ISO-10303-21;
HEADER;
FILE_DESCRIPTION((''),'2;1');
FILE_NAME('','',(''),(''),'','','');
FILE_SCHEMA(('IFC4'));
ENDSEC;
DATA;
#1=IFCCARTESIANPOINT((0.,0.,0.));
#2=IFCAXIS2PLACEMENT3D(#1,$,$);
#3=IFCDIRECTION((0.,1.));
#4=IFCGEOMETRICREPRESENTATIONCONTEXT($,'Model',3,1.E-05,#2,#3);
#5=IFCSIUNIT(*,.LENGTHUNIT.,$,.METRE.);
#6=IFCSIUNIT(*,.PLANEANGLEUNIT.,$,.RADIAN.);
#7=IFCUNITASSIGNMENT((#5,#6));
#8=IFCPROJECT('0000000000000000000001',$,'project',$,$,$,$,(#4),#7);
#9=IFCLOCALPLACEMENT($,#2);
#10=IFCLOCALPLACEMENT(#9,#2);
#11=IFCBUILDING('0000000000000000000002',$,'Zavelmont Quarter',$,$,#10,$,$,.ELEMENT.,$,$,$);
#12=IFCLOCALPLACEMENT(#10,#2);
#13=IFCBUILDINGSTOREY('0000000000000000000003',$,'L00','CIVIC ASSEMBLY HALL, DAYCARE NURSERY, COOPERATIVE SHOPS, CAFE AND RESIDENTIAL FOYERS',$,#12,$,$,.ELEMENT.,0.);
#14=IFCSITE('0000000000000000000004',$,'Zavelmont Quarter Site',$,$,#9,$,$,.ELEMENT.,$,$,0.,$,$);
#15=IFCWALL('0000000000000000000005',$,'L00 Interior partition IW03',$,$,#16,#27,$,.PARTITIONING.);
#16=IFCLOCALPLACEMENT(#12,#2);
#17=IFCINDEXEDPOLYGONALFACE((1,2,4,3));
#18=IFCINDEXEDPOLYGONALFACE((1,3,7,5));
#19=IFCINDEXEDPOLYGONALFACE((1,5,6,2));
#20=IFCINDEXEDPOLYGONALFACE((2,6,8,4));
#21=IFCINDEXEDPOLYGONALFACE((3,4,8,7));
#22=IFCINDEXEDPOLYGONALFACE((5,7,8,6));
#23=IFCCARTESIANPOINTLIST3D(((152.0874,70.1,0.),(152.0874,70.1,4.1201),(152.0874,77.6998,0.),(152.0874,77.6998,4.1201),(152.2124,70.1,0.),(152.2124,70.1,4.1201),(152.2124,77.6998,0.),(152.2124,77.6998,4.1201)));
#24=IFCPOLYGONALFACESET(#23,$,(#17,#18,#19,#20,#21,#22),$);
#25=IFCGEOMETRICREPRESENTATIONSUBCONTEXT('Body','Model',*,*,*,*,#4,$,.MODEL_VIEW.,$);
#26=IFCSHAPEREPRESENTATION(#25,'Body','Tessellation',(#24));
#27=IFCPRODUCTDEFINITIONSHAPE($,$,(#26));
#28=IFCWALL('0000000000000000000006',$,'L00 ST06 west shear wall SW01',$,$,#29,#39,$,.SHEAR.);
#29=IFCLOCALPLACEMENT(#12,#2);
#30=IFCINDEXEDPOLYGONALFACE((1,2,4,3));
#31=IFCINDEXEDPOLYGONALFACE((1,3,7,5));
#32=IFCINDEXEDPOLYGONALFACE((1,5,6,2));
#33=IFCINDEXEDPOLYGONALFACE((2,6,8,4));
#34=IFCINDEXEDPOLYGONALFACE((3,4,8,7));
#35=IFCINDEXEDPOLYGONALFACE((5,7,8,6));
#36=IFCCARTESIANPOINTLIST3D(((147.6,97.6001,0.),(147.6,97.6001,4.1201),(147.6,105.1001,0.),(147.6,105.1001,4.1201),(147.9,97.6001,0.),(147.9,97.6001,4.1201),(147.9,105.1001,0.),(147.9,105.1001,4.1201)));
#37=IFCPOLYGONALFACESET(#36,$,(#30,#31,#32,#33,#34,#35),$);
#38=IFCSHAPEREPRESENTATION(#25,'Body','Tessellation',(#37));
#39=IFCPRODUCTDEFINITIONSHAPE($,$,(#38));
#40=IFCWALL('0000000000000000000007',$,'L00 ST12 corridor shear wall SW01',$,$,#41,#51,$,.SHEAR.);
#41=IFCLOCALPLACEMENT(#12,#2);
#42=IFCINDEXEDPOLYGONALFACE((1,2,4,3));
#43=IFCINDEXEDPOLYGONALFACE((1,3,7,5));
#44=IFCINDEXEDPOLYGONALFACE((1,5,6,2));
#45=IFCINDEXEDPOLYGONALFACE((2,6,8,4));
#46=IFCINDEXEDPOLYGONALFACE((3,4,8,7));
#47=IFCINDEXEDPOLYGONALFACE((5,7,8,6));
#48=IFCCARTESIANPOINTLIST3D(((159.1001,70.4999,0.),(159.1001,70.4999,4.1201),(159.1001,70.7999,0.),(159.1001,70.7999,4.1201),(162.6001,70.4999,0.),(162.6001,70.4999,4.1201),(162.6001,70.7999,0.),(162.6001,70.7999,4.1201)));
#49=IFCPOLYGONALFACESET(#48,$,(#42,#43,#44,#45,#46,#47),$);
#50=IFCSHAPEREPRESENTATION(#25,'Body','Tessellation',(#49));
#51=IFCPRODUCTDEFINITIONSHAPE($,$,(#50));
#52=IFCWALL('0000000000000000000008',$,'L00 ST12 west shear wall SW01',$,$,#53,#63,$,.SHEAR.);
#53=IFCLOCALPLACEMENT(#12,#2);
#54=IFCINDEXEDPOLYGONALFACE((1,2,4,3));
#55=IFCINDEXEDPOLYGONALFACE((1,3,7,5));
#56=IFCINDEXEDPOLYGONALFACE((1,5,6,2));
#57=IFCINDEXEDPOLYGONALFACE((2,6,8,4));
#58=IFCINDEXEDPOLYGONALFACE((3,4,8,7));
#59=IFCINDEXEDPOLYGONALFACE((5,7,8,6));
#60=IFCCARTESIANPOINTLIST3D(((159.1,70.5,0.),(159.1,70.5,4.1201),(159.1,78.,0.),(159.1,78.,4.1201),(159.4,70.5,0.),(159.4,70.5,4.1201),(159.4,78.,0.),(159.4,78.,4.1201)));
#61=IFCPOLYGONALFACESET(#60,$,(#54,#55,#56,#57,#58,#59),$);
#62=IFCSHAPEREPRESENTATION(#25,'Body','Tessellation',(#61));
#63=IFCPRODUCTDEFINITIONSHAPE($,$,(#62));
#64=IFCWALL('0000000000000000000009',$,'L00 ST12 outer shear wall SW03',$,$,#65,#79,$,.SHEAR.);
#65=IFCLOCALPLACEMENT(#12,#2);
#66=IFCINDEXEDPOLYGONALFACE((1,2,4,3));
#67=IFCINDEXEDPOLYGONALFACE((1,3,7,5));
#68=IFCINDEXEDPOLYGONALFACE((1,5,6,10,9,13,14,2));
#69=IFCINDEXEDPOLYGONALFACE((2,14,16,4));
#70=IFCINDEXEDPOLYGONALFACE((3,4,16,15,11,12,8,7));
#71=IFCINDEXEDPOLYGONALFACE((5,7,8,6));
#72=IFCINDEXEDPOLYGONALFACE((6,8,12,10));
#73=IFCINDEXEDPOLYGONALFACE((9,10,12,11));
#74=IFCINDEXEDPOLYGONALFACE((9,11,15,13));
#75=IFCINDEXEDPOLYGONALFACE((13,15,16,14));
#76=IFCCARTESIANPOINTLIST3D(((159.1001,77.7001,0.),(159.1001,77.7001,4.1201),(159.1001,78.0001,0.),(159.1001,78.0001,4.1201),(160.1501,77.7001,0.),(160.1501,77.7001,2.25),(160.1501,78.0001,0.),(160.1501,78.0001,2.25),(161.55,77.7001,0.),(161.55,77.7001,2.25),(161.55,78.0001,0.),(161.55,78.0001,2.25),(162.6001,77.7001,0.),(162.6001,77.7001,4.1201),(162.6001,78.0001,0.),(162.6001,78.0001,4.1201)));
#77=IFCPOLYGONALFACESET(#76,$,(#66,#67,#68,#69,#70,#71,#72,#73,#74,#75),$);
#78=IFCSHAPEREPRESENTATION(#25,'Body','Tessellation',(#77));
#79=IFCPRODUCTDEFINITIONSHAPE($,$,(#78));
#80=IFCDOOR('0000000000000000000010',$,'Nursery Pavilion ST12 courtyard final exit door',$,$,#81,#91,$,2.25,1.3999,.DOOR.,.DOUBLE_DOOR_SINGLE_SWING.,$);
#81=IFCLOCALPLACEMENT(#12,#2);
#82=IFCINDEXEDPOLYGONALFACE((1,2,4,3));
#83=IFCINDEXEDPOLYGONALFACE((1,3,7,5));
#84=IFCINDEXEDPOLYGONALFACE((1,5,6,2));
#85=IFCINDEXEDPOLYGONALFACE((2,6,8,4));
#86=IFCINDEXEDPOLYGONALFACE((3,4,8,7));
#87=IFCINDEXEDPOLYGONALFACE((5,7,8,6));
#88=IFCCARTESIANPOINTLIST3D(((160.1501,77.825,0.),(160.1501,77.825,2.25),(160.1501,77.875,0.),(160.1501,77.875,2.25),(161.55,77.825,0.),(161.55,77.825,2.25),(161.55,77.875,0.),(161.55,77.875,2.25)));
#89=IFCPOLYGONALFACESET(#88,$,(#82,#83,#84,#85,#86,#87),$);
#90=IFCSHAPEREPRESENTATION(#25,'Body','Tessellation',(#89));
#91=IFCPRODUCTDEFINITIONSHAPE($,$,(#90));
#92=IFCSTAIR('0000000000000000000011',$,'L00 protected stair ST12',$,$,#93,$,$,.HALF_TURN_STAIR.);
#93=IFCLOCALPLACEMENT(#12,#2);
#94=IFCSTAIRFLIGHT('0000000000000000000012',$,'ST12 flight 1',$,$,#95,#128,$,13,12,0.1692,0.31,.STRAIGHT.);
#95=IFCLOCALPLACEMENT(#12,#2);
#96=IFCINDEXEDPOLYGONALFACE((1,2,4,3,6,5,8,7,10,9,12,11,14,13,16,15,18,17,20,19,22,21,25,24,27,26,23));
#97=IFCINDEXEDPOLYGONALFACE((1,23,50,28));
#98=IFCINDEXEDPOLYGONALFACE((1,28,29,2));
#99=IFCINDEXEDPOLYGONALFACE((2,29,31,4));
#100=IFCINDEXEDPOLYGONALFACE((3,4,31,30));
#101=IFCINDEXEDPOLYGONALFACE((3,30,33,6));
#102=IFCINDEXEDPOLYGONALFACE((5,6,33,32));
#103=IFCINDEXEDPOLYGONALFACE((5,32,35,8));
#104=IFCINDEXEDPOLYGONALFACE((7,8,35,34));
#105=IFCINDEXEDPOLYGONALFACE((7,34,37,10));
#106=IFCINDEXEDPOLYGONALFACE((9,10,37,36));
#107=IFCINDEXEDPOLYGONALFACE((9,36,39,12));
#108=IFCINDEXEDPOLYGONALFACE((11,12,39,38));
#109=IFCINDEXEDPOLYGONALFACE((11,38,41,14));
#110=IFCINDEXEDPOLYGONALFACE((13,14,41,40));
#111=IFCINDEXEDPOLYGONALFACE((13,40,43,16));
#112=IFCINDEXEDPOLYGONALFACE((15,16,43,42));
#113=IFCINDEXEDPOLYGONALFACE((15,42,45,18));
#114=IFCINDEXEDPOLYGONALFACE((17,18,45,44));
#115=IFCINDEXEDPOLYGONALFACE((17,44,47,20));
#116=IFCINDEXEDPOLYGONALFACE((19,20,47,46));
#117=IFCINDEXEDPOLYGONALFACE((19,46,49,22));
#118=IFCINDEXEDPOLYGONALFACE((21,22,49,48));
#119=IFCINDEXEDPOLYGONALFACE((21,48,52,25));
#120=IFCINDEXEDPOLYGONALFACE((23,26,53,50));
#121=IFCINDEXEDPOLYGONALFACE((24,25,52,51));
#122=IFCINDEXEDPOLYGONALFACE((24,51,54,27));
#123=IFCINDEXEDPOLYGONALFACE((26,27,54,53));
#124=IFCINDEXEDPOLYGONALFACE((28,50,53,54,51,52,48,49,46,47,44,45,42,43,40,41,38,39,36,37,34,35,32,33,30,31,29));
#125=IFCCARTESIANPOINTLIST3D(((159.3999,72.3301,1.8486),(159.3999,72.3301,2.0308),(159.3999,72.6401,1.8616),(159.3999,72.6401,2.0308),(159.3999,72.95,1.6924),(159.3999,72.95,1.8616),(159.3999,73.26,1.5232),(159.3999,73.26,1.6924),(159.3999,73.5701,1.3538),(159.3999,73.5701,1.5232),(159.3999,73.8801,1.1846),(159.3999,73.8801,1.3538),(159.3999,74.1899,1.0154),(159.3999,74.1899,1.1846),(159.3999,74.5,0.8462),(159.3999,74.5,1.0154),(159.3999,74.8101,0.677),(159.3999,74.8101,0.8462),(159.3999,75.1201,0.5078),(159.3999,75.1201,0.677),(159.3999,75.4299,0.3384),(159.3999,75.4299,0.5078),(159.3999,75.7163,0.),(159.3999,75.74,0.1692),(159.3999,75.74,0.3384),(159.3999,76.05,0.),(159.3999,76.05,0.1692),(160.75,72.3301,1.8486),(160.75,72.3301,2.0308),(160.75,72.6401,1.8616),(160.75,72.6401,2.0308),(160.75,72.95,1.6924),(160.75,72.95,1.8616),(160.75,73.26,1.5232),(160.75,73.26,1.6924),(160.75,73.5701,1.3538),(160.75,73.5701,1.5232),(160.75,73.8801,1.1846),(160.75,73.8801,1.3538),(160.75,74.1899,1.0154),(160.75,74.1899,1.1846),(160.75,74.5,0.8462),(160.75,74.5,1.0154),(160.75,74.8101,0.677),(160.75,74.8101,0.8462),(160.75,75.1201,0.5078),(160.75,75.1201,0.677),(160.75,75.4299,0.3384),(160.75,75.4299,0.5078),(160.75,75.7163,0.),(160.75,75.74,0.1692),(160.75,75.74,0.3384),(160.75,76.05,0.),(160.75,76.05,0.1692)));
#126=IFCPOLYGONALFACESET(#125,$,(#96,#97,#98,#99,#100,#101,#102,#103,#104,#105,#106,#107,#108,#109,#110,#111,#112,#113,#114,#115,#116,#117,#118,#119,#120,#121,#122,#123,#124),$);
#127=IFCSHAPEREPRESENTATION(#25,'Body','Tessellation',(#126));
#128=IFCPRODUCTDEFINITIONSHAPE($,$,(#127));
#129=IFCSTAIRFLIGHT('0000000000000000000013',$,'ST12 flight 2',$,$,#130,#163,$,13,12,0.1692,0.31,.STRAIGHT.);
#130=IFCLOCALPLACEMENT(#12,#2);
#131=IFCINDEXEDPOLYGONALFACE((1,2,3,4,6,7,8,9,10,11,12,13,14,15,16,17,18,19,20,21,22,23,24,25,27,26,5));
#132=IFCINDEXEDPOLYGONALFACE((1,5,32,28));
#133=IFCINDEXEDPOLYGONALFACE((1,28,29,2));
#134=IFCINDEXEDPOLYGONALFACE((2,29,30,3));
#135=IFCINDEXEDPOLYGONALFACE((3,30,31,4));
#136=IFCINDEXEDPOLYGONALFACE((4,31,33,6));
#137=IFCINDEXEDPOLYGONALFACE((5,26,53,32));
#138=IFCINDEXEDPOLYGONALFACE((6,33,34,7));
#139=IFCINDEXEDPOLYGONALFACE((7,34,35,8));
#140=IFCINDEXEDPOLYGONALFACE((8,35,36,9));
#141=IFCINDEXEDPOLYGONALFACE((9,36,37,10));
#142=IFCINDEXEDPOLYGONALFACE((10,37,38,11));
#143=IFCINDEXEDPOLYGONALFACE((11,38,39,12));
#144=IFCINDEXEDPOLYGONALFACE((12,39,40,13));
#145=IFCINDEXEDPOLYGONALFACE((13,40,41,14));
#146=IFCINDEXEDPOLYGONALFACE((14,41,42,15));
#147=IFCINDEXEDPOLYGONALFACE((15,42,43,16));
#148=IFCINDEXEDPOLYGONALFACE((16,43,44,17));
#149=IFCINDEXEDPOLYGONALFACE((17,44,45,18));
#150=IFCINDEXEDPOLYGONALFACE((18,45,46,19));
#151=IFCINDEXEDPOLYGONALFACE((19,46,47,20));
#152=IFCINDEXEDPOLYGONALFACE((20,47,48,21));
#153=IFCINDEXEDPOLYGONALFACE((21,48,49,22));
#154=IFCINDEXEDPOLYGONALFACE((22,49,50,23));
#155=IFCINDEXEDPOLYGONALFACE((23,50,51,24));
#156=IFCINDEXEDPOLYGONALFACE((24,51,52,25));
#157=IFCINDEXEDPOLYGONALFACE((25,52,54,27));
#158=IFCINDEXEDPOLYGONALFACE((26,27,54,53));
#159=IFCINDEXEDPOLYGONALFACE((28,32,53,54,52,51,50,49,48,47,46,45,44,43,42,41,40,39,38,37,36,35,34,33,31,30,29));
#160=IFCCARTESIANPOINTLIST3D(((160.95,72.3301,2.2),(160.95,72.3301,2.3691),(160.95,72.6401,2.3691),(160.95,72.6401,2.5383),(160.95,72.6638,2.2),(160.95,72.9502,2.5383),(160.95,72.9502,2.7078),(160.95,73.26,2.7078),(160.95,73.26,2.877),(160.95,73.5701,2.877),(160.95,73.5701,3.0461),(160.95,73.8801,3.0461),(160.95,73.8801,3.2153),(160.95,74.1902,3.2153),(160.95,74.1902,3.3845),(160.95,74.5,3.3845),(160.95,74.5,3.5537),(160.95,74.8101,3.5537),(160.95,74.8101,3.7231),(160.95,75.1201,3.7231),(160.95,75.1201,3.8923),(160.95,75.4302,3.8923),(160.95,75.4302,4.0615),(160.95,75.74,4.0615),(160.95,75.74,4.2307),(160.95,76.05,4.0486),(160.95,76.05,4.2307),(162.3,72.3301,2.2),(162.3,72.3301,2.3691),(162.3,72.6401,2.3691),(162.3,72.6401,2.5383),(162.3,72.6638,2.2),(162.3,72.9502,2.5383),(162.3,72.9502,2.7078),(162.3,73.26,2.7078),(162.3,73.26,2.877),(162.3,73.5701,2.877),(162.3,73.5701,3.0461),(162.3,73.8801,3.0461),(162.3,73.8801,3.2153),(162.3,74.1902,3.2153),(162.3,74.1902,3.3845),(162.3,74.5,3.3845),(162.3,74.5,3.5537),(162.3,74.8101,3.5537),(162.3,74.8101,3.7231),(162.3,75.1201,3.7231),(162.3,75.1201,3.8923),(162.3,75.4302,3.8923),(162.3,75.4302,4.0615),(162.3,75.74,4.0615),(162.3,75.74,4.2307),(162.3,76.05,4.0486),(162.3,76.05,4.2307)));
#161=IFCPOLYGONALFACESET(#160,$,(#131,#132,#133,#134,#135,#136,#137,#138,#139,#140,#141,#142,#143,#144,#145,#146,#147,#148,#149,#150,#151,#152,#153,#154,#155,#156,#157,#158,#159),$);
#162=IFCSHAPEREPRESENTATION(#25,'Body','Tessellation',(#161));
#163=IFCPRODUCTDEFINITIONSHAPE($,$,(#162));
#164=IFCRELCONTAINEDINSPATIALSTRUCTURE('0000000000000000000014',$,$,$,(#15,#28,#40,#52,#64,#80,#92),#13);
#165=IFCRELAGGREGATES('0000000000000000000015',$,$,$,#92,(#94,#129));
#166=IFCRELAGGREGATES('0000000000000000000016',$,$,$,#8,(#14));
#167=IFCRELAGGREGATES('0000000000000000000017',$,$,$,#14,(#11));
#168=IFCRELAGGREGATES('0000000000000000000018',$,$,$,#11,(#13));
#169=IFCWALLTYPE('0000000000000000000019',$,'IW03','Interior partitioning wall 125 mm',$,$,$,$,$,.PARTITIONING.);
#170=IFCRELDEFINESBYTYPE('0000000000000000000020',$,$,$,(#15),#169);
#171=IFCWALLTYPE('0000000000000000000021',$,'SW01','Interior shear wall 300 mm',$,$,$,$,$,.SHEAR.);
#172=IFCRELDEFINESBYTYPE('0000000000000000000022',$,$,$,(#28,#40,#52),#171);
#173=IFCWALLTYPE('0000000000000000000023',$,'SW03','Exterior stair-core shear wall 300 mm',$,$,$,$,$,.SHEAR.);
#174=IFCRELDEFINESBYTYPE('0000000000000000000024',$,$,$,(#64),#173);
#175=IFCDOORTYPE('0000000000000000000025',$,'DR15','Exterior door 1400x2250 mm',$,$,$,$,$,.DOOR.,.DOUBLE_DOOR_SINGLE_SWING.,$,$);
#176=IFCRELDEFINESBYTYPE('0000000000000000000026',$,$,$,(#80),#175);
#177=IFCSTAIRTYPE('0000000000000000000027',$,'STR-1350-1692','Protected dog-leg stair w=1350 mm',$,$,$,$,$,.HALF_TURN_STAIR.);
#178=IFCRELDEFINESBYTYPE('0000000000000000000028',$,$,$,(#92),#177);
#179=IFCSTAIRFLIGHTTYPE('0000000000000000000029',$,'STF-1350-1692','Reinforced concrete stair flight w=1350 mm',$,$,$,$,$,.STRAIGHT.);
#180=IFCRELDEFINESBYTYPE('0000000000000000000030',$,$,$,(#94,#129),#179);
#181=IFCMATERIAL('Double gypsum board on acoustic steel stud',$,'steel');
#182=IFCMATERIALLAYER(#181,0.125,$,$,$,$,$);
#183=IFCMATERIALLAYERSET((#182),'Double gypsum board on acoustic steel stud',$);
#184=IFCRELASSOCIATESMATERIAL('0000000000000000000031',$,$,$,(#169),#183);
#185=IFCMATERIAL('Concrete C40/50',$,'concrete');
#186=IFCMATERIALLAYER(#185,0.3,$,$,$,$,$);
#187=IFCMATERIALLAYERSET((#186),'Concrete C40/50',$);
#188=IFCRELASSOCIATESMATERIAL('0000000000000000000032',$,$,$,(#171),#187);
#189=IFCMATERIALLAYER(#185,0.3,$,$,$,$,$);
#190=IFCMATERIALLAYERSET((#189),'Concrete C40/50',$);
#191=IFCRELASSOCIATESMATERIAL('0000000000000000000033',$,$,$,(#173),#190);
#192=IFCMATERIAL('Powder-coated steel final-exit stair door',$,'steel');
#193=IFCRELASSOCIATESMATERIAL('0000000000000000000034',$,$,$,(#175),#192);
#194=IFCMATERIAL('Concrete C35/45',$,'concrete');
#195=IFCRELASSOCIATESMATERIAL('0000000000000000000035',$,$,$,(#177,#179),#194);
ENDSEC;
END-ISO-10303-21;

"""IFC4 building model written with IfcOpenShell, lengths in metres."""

from ifc_helpers import new_model, si_unit, direction, frame, frame_2d, origin, origin_with_axes, place, context, subcontext, project, spatial, polyline, rectangle, outline, extrude, material, layer, layer_set, type_object, element, fill, aggregate, save


model = new_model("IFC4")

# Units and contexts
model_context = context("Model", 3, precision=1e-05, world=origin(), true_north=direction((0.0, 1.0)))
body_context = subcontext(model_context, "Body", "Model", "MODEL_VIEW")
ifc_project = project(units=[si_unit("LENGTHUNIT", "METRE"), si_unit("PLANEANGLEUNIT", "RADIAN")], contexts=[model_context])

# Site, building, storey
site_placement = place(None, origin())
site = spatial("IfcSite", under=ifc_project, at=site_placement, Name="Zavelmont Quarter Site", CompositionType="ELEMENT", RefElevation=0.0)
building_placement = place(site_placement, origin())
building = spatial("IfcBuilding", under=site, at=building_placement, Name="Zavelmont Quarter", CompositionType="ELEMENT")
storey_placement = place(building_placement, origin())
storey = spatial("IfcBuildingStorey", under=building, at=storey_placement, Name="L00", Description="CIVIC ASSEMBLY HALL, DAYCARE NURSERY, COOPERATIVE SHOPS, CAFE AND RESIDENTIAL FOYERS", CompositionType="ELEMENT", Elevation=0.0)

# Walls
ifc_material_1 = material(Name="Double gypsum board on acoustic steel stud", Category="steel")
ifc_layer_1 = layer(ifc_material_1, 0.125)
ifc_layer_set_1 = layer_set([ifc_layer_1], Name="Double gypsum board on acoustic steel stud")
wall_type_1 = type_object("IfcWallType", Name="IW03", Description="Interior partitioning wall 125 mm", PredefinedType="PARTITIONING", material=ifc_layer_set_1)
wall_1_placement = place(storey_placement, frame((152.1499, 70.1001, 0.0), z_axis=(0.0, 0.0, 1.0), x_axis=(0.0, 1.0, 0.0)))
element("IfcWall", 1, at=wall_1_placement, inside=storey, type_object=wall_type_1, Name="L00 Interior partition IW03", PredefinedType="PARTITIONING", context=body_context, shape_type="SweptSolid", body=[
    extrude(rectangle(XDim=7.5999, YDim=0.125, at=frame_2d((3.7998, 0.0))), origin(), (0.0, 0.0, 1.0), 4.1201),
])
ifc_material_2 = material(Name="Concrete C40/50", Category="concrete")
ifc_layer_2 = layer(ifc_material_2, 0.3)
ifc_layer_set_2 = layer_set([ifc_layer_2], Name="Concrete C40/50")
wall_type_2 = type_object("IfcWallType", Name="SW01", Description="Interior shear wall 300 mm", PredefinedType="SHEAR", material=ifc_layer_set_2)
wall_2_placement = place(storey_placement, frame((147.75, 97.6001, 0.0), z_axis=(0.0, 0.0, 1.0), x_axis=(0.0, 1.0, 0.0)))
element("IfcWall", 2, at=wall_2_placement, inside=storey, type_object=wall_type_2, Name="L00 ST06 west shear wall SW01", PredefinedType="SHEAR", context=body_context, shape_type="SweptSolid", body=[
    extrude(rectangle(XDim=7.5, YDim=0.3, at=frame_2d((3.75, 0.0))), origin(), (0.0, 0.0, 1.0), 4.1201),
])
wall_3_placement = place(storey_placement, frame((159.1001, 70.6499, 0.0), z_axis=(0.0, 0.0, 1.0), x_axis=(1.0, 0.0, 0.0)))
element("IfcWall", 3, at=wall_3_placement, inside=storey, type_object=wall_type_2, Name="L00 ST12 corridor shear wall SW01", PredefinedType="SHEAR", context=body_context, shape_type="SweptSolid", body=[
    extrude(rectangle(XDim=3.5, YDim=0.3, at=frame_2d((1.75, 0.0))), origin(), (0.0, 0.0, 1.0), 4.1201),
])
wall_4_placement = place(storey_placement, frame((159.25, 70.5, 0.0), z_axis=(0.0, 0.0, 1.0), x_axis=(0.0, 1.0, 0.0)))
element("IfcWall", 4, at=wall_4_placement, inside=storey, type_object=wall_type_2, Name="L00 ST12 west shear wall SW01", PredefinedType="SHEAR", context=body_context, shape_type="SweptSolid", body=[
    extrude(rectangle(XDim=7.5, YDim=0.3, at=frame_2d((3.75, 0.0))), origin(), (0.0, 0.0, 1.0), 4.1201),
])

# Wall, opening, door
ifc_layer_3 = layer(ifc_material_2, 0.3)
ifc_layer_set_3 = layer_set([ifc_layer_3], Name="Concrete C40/50")
wall_type_3 = type_object("IfcWallType", Name="SW03", Description="Exterior stair-core shear wall 300 mm", PredefinedType="SHEAR", material=ifc_layer_set_3)
wall_5_placement = place(storey_placement, frame((159.1001, 77.8501, 0.0), z_axis=(0.0, 0.0, 1.0), x_axis=(1.0, 0.0, 0.0)))
wall_5 = element("IfcWall", 5, at=wall_5_placement, inside=storey, type_object=wall_type_3, Name="L00 ST12 outer shear wall SW03", PredefinedType="SHEAR", context=body_context, shape_type="SweptSolid", body=[
    extrude(rectangle(XDim=3.5, YDim=0.3, at=frame_2d((1.75, 0.0))), origin(), (0.0, 0.0, 1.0), 4.1201),
])
opening_1_placement = place(wall_5_placement, frame((1.05, 0.0, 0.0)))
opening_1 = element("IfcOpeningElement", 6, at=opening_1_placement, cuts=wall_5, PredefinedType="OPENING", context=body_context, shape_type="SweptSolid", body=[
    extrude(rectangle(XDim=1.3999, YDim=2.25, at=frame_2d((0.7, 1.125))), frame((0.0, 0.1621, 0.0), z_axis=(0.0, -1.0, 0.0), x_axis=(1.0, 0.0, 0.0)), (0.0, 0.0, 1.0), 0.324),
])
ifc_material_3 = material(Name="Powder-coated steel final-exit stair door", Category="steel")
door_type_1 = type_object("IfcDoorType", Name="DR15", Description="Exterior door 1400x2250 mm", OperationType="DOUBLE_DOOR_SINGLE_SWING", PredefinedType="DOOR", material=ifc_material_3)
door_1_placement = place(opening_1_placement, origin_with_axes())
door_1 = element("IfcDoor", 7, at=door_1_placement, inside=storey, type_object=door_type_1, Name="Nursery Pavilion ST12 courtyard final exit door", OperationType="DOUBLE_DOOR_SINGLE_SWING", OverallHeight=2.25, OverallWidth=1.3999, PredefinedType="DOOR", context=body_context, shape_type="SweptSolid", body=[
    extrude(rectangle(XDim=1.3999, YDim=2.25, at=frame_2d((0.7, 1.125))), frame((0.0, 0.0249, 0.0), z_axis=(0.0, -1.0, 0.0), x_axis=(1.0, 0.0, 0.0)), (0.0, 0.0, 1.0), 0.05),
])
fill(opening_1, door_1)

# Stair, stair flights
ifc_material_4 = material(Name="Concrete C35/45", Category="concrete")
stair_type = type_object("IfcStairType", Name="STR-1350-1692", Description="Protected dog-leg stair w=1350 mm", PredefinedType="HALF_TURN_STAIR", material=ifc_material_4)
stair_placement = place(storey_placement, origin())
stair = element("IfcStair", 8, at=stair_placement, inside=storey, type_object=stair_type, Name="L00 protected stair ST12", PredefinedType="HALF_TURN_STAIR")
stair_flight_type = type_object("IfcStairFlightType", Name="STF-1350-1692", Description="Reinforced concrete stair flight w=1350 mm", PredefinedType="STRAIGHT", material=ifc_material_4)
stair_flight_1_placement = place(storey_placement, frame((160.075, 76.05, 0.0), z_axis=(0.0, 0.0, 1.0), x_axis=(0.0, -1.0, 0.0)))
stair_flight_1 = element("IfcStairFlight", 9, at=stair_flight_1_placement, type_object=stair_flight_type, Name="ST12 flight 1", NumberOfRisers=13, NumberOfTreads=12, PredefinedType="STRAIGHT", RiserHeight=0.1692, TreadLength=0.31, context=body_context, shape_type="SweptSolid", body=[
    extrude(outline(polyline([(0.0, 0.0), (0.0, 0.1692), (0.3101, 0.1692), (0.3101, 0.3384), (0.6201, 0.3384), (0.6201, 0.5078), (0.9299, 0.5078), (0.9299, 0.677), (1.24, 0.677), (1.24, 0.8462), (1.55, 0.8462), (1.55, 1.0154), (1.8601, 1.0154), (1.8601, 1.1846), (2.1699, 1.1846), (2.1699, 1.3538), (2.48, 1.3538), (2.48, 1.5232), (2.79, 1.5232), (2.79, 1.6924), (3.1001, 1.6924), (3.1001, 1.8616), (3.4099, 1.8616), (3.4099, 2.0308), (3.72, 2.0308), (3.72, 2.2), (3.72, 1.8486), (0.3337, 0.0), (0.0, 0.0)])), frame((0.0, 0.675, 0.0), z_axis=(0.0, -1.0, 0.0), x_axis=(1.0, 0.0, 0.0)), (0.0, 0.0, 1.0), 1.3501),
])
stair_flight_2_placement = place(storey_placement, frame((161.625, 72.3301, 2.2), z_axis=(0.0, 0.0, 1.0), x_axis=(0.0, 1.0, 0.0)))
stair_flight_2 = element("IfcStairFlight", 10, at=stair_flight_2_placement, type_object=stair_flight_type, Name="ST12 flight 2", NumberOfRisers=13, NumberOfTreads=12, PredefinedType="STRAIGHT", RiserHeight=0.1692, TreadLength=0.31, context=body_context, shape_type="SweptSolid", body=[
    extrude(outline(polyline([(0.0, 0.0), (0.0, 0.1692), (0.3101, 0.1692), (0.3101, 0.3384), (0.6201, 0.3384), (0.6201, 0.5078), (0.9299, 0.5078), (0.9299, 0.677), (1.24, 0.677), (1.24, 0.8462), (1.55, 0.8462), (1.55, 1.0154), (1.8601, 1.0154), (1.8601, 1.1846), (2.1699, 1.1846), (2.1699, 1.3538), (2.48, 1.3538), (2.48, 1.5232), (2.79, 1.5232), (2.79, 1.6924), (3.1001, 1.6924), (3.1001, 1.8616), (3.4099, 1.8616), (3.4099, 2.0308), (3.72, 2.0308), (3.72, 2.2), (3.72, 1.8486), (0.3337, 0.0), (0.0, 0.0)])), frame((0.0, 0.675, 0.0), z_axis=(0.0, -1.0, 0.0), x_axis=(1.0, 0.0, 0.0)), (0.0, 0.0, 1.0), 1.3501),
])
aggregate(stair, [stair_flight_1, stair_flight_2])

save(model, "model.ifc")
